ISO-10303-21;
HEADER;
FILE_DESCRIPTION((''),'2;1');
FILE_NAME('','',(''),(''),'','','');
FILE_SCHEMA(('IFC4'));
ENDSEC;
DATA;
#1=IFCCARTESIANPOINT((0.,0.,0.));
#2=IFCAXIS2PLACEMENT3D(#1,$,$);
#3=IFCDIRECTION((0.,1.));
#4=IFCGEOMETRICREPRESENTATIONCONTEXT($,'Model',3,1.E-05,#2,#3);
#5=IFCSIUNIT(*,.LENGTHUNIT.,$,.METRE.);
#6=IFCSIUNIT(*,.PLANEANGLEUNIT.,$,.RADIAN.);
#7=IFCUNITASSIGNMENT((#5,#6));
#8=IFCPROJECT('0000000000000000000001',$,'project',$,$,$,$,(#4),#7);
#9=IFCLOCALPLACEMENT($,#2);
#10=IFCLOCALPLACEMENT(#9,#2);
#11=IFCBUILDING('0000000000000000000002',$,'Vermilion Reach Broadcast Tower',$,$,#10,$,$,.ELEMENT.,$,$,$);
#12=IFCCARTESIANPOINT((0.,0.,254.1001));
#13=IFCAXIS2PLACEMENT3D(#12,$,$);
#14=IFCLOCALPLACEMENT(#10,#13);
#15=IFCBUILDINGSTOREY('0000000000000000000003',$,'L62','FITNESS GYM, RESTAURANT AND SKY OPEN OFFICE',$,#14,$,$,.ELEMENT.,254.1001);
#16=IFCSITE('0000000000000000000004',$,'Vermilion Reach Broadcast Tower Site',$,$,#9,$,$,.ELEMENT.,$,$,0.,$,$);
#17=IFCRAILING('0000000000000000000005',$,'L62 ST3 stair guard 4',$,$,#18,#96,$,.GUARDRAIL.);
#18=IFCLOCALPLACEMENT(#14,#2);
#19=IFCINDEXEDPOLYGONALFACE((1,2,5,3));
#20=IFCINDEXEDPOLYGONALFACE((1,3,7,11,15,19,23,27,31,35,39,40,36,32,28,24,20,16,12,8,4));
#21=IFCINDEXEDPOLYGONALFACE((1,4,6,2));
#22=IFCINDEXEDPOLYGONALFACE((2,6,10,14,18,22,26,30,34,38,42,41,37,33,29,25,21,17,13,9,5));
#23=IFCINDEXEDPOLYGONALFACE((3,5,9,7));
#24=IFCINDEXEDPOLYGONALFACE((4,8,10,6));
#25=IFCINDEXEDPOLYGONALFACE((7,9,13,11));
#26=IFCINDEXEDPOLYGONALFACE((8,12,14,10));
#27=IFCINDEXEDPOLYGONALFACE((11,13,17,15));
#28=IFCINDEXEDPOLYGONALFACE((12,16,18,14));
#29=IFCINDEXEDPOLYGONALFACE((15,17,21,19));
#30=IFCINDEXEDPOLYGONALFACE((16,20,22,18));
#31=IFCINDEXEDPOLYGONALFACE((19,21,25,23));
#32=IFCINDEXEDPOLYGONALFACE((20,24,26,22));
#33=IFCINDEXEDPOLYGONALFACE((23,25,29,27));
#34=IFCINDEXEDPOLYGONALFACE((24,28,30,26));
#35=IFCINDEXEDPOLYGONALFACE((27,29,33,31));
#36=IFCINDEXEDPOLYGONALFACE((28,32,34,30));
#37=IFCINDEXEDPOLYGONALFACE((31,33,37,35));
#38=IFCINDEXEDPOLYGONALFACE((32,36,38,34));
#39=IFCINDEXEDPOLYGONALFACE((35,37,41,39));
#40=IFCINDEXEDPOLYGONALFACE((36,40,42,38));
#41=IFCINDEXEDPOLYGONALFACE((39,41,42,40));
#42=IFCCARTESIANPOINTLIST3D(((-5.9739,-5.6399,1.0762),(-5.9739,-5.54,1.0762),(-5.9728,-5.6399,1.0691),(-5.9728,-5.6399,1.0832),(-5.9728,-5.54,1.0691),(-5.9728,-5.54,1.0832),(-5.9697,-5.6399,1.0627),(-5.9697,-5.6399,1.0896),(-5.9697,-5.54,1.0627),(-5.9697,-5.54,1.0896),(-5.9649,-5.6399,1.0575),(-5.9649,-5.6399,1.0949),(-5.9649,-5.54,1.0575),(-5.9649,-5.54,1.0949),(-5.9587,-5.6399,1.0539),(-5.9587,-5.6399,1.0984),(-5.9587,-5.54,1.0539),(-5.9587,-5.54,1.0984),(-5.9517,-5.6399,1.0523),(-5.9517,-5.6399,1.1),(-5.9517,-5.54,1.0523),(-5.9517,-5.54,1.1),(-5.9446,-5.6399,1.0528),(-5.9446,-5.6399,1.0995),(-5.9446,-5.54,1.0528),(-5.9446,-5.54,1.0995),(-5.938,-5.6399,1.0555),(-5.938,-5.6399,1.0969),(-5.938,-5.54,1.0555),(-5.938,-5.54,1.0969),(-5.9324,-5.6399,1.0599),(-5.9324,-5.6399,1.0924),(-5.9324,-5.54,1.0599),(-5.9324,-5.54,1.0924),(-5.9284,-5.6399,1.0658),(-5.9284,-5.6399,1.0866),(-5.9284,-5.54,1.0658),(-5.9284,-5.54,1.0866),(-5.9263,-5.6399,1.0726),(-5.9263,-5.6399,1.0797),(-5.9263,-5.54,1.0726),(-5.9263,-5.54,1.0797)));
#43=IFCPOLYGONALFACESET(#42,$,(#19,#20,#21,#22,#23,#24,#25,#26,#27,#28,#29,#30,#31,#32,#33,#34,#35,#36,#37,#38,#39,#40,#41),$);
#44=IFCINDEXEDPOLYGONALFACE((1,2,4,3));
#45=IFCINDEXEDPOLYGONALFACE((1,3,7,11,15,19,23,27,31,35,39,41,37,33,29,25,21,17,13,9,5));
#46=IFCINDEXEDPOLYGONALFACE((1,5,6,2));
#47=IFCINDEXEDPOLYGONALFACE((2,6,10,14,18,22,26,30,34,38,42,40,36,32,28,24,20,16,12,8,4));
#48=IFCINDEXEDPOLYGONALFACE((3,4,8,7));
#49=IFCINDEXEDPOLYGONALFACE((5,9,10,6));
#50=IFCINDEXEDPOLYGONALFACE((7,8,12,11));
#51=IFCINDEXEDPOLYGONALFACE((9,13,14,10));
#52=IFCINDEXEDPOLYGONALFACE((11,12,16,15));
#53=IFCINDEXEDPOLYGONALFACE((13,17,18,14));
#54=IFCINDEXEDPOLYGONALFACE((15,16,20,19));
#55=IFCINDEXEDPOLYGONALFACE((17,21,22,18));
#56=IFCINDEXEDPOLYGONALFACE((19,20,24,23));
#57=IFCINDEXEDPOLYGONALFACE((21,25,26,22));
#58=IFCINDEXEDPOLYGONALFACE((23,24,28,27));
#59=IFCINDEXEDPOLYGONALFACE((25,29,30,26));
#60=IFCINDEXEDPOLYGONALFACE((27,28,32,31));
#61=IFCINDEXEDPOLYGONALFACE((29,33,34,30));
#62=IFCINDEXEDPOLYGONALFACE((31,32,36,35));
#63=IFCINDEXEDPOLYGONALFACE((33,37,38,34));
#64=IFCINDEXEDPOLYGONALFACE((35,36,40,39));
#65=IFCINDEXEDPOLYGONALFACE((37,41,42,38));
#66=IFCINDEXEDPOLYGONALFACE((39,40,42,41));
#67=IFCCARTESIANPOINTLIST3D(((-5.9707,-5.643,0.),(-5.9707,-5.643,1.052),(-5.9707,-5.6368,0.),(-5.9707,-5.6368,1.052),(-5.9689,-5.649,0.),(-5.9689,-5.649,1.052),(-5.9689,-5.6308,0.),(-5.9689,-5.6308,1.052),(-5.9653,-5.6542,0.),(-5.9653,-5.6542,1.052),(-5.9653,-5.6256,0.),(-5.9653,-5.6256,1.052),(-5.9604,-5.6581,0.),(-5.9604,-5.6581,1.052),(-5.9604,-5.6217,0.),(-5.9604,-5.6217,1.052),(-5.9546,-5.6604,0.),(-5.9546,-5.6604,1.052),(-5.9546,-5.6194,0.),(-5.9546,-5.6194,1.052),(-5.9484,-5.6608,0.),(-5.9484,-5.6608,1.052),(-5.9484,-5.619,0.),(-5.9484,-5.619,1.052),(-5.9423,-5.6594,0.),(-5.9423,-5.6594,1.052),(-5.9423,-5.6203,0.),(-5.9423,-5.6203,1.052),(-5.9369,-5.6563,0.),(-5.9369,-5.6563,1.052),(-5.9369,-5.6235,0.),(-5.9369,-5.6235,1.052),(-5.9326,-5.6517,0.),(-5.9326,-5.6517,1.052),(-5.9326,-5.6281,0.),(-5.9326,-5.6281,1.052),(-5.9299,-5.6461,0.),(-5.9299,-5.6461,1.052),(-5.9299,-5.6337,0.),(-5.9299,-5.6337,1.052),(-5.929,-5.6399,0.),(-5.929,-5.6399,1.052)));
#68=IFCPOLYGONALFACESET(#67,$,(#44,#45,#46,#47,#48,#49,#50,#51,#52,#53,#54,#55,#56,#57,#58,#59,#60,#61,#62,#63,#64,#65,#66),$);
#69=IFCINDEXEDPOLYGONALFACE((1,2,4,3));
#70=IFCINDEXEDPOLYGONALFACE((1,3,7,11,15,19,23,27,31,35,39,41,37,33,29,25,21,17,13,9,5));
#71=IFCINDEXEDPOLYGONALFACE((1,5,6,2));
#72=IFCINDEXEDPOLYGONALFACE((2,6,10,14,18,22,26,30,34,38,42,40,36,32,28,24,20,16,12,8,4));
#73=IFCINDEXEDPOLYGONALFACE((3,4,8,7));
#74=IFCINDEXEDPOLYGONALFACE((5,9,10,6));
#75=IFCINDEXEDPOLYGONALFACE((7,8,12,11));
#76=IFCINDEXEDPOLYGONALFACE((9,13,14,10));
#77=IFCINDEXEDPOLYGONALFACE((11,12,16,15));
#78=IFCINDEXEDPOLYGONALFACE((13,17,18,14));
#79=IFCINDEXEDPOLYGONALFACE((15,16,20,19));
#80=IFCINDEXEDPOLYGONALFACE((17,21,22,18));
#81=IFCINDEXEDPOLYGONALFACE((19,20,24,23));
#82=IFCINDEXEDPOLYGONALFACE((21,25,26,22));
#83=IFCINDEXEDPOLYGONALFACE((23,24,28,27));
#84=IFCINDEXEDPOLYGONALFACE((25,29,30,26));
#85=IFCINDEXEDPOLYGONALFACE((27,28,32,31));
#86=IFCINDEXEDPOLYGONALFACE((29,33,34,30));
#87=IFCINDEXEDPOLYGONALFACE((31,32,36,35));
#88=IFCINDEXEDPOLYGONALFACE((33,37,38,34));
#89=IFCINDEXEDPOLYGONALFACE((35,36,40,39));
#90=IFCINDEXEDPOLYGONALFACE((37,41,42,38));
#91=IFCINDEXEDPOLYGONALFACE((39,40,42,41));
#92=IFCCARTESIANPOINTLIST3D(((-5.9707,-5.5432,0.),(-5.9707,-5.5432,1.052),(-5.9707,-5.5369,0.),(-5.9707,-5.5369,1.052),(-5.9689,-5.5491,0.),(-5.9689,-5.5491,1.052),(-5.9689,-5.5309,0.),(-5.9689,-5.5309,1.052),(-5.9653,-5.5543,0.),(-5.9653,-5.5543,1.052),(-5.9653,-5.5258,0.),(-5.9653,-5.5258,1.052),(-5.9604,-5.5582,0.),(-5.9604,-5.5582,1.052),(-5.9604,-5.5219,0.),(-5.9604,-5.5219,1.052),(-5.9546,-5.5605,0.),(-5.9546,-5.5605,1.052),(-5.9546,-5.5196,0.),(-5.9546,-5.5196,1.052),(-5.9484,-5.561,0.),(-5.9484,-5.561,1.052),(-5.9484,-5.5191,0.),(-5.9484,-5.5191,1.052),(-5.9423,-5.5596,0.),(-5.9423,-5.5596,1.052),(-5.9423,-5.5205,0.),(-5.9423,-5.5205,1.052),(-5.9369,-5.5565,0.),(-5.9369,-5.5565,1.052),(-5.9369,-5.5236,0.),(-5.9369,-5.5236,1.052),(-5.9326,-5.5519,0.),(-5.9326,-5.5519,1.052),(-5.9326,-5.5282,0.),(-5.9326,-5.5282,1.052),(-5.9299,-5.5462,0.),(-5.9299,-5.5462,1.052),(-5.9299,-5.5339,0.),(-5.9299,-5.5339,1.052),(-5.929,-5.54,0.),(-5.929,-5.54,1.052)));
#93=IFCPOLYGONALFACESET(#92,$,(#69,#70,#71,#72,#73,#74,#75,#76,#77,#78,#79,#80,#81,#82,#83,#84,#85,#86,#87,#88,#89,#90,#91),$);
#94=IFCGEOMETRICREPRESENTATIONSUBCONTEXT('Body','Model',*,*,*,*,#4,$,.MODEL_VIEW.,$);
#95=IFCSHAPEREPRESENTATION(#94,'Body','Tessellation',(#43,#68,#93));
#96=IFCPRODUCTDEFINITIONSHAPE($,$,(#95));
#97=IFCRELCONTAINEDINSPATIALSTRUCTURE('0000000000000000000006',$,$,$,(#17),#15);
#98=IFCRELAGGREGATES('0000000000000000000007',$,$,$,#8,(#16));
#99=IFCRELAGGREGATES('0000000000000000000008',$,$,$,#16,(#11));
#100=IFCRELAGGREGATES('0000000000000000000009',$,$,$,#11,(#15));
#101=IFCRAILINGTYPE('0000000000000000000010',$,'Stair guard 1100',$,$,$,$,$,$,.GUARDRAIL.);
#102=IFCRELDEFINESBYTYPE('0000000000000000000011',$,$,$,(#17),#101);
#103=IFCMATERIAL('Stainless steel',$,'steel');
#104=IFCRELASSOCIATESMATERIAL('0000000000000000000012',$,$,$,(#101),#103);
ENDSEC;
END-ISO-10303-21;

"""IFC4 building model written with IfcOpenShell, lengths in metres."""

from ifc_helpers import new_model, si_unit, direction, frame, origin, origin_2d, place, context, subcontext, project, spatial, circle, extrude, material, type_object, element, save


model = new_model("IFC4")

# Units and contexts
model_context = context("Model", 3, precision=1e-05, world=origin(), true_north=direction((0.0, 1.0)))
body_context = subcontext(model_context, "Body", "Model", "MODEL_VIEW")
ifc_project = project(units=[si_unit("LENGTHUNIT", "METRE"), si_unit("PLANEANGLEUNIT", "RADIAN")], contexts=[model_context])

# Site, building, storey
site_placement = place(None, origin())
site = spatial("IfcSite", under=ifc_project, at=site_placement, Name="Vermilion Reach Broadcast Tower Site", CompositionType="ELEMENT", RefElevation=0.0)
building_placement = place(site_placement, origin())
building = spatial("IfcBuilding", under=site, at=building_placement, Name="Vermilion Reach Broadcast Tower", CompositionType="ELEMENT")
storey_placement = place(building_placement, frame((0.0, 0.0, 254.1001)))
storey = spatial("IfcBuildingStorey", under=building, at=storey_placement, Name="L62", Description="FITNESS GYM, RESTAURANT AND SKY OPEN OFFICE", CompositionType="ELEMENT", Elevation=254.1001)

# Railing
ifc_material_1 = material(Name="Stainless steel", Category="steel")
railing_type_1 = type_object("IfcRailingType", Name="Stair guard 1100", PredefinedType="GUARDRAIL", material=ifc_material_1)
railing_1_placement = place(storey_placement, frame((-5.95, -5.6399, 0.0)))
element("IfcRailing", 1, at=railing_1_placement, inside=storey, type_object=railing_type_1, Name="L62 ST3 stair guard 4", PredefinedType="GUARDRAIL", context=body_context, shape_type="SweptSolid", body=[
    extrude(circle(Radius=0.0239, at=origin_2d()), frame((0.0, 0.0, 1.0762), z_axis=(0.0, 1.0, 0.0), x_axis=(-1.0, 0.0, 0.0)), (0.0, 0.0, 1.0), 0.0999),
    extrude(circle(Radius=0.021, at=origin_2d()), origin(), (0.0, 0.0, 1.0), 1.052),
    extrude(circle(Radius=0.021, at=origin_2d()), frame((0.0, 0.0999, 0.0)), (0.0, 0.0, 1.0), 1.052),
])

save(model, "model.ifc")
